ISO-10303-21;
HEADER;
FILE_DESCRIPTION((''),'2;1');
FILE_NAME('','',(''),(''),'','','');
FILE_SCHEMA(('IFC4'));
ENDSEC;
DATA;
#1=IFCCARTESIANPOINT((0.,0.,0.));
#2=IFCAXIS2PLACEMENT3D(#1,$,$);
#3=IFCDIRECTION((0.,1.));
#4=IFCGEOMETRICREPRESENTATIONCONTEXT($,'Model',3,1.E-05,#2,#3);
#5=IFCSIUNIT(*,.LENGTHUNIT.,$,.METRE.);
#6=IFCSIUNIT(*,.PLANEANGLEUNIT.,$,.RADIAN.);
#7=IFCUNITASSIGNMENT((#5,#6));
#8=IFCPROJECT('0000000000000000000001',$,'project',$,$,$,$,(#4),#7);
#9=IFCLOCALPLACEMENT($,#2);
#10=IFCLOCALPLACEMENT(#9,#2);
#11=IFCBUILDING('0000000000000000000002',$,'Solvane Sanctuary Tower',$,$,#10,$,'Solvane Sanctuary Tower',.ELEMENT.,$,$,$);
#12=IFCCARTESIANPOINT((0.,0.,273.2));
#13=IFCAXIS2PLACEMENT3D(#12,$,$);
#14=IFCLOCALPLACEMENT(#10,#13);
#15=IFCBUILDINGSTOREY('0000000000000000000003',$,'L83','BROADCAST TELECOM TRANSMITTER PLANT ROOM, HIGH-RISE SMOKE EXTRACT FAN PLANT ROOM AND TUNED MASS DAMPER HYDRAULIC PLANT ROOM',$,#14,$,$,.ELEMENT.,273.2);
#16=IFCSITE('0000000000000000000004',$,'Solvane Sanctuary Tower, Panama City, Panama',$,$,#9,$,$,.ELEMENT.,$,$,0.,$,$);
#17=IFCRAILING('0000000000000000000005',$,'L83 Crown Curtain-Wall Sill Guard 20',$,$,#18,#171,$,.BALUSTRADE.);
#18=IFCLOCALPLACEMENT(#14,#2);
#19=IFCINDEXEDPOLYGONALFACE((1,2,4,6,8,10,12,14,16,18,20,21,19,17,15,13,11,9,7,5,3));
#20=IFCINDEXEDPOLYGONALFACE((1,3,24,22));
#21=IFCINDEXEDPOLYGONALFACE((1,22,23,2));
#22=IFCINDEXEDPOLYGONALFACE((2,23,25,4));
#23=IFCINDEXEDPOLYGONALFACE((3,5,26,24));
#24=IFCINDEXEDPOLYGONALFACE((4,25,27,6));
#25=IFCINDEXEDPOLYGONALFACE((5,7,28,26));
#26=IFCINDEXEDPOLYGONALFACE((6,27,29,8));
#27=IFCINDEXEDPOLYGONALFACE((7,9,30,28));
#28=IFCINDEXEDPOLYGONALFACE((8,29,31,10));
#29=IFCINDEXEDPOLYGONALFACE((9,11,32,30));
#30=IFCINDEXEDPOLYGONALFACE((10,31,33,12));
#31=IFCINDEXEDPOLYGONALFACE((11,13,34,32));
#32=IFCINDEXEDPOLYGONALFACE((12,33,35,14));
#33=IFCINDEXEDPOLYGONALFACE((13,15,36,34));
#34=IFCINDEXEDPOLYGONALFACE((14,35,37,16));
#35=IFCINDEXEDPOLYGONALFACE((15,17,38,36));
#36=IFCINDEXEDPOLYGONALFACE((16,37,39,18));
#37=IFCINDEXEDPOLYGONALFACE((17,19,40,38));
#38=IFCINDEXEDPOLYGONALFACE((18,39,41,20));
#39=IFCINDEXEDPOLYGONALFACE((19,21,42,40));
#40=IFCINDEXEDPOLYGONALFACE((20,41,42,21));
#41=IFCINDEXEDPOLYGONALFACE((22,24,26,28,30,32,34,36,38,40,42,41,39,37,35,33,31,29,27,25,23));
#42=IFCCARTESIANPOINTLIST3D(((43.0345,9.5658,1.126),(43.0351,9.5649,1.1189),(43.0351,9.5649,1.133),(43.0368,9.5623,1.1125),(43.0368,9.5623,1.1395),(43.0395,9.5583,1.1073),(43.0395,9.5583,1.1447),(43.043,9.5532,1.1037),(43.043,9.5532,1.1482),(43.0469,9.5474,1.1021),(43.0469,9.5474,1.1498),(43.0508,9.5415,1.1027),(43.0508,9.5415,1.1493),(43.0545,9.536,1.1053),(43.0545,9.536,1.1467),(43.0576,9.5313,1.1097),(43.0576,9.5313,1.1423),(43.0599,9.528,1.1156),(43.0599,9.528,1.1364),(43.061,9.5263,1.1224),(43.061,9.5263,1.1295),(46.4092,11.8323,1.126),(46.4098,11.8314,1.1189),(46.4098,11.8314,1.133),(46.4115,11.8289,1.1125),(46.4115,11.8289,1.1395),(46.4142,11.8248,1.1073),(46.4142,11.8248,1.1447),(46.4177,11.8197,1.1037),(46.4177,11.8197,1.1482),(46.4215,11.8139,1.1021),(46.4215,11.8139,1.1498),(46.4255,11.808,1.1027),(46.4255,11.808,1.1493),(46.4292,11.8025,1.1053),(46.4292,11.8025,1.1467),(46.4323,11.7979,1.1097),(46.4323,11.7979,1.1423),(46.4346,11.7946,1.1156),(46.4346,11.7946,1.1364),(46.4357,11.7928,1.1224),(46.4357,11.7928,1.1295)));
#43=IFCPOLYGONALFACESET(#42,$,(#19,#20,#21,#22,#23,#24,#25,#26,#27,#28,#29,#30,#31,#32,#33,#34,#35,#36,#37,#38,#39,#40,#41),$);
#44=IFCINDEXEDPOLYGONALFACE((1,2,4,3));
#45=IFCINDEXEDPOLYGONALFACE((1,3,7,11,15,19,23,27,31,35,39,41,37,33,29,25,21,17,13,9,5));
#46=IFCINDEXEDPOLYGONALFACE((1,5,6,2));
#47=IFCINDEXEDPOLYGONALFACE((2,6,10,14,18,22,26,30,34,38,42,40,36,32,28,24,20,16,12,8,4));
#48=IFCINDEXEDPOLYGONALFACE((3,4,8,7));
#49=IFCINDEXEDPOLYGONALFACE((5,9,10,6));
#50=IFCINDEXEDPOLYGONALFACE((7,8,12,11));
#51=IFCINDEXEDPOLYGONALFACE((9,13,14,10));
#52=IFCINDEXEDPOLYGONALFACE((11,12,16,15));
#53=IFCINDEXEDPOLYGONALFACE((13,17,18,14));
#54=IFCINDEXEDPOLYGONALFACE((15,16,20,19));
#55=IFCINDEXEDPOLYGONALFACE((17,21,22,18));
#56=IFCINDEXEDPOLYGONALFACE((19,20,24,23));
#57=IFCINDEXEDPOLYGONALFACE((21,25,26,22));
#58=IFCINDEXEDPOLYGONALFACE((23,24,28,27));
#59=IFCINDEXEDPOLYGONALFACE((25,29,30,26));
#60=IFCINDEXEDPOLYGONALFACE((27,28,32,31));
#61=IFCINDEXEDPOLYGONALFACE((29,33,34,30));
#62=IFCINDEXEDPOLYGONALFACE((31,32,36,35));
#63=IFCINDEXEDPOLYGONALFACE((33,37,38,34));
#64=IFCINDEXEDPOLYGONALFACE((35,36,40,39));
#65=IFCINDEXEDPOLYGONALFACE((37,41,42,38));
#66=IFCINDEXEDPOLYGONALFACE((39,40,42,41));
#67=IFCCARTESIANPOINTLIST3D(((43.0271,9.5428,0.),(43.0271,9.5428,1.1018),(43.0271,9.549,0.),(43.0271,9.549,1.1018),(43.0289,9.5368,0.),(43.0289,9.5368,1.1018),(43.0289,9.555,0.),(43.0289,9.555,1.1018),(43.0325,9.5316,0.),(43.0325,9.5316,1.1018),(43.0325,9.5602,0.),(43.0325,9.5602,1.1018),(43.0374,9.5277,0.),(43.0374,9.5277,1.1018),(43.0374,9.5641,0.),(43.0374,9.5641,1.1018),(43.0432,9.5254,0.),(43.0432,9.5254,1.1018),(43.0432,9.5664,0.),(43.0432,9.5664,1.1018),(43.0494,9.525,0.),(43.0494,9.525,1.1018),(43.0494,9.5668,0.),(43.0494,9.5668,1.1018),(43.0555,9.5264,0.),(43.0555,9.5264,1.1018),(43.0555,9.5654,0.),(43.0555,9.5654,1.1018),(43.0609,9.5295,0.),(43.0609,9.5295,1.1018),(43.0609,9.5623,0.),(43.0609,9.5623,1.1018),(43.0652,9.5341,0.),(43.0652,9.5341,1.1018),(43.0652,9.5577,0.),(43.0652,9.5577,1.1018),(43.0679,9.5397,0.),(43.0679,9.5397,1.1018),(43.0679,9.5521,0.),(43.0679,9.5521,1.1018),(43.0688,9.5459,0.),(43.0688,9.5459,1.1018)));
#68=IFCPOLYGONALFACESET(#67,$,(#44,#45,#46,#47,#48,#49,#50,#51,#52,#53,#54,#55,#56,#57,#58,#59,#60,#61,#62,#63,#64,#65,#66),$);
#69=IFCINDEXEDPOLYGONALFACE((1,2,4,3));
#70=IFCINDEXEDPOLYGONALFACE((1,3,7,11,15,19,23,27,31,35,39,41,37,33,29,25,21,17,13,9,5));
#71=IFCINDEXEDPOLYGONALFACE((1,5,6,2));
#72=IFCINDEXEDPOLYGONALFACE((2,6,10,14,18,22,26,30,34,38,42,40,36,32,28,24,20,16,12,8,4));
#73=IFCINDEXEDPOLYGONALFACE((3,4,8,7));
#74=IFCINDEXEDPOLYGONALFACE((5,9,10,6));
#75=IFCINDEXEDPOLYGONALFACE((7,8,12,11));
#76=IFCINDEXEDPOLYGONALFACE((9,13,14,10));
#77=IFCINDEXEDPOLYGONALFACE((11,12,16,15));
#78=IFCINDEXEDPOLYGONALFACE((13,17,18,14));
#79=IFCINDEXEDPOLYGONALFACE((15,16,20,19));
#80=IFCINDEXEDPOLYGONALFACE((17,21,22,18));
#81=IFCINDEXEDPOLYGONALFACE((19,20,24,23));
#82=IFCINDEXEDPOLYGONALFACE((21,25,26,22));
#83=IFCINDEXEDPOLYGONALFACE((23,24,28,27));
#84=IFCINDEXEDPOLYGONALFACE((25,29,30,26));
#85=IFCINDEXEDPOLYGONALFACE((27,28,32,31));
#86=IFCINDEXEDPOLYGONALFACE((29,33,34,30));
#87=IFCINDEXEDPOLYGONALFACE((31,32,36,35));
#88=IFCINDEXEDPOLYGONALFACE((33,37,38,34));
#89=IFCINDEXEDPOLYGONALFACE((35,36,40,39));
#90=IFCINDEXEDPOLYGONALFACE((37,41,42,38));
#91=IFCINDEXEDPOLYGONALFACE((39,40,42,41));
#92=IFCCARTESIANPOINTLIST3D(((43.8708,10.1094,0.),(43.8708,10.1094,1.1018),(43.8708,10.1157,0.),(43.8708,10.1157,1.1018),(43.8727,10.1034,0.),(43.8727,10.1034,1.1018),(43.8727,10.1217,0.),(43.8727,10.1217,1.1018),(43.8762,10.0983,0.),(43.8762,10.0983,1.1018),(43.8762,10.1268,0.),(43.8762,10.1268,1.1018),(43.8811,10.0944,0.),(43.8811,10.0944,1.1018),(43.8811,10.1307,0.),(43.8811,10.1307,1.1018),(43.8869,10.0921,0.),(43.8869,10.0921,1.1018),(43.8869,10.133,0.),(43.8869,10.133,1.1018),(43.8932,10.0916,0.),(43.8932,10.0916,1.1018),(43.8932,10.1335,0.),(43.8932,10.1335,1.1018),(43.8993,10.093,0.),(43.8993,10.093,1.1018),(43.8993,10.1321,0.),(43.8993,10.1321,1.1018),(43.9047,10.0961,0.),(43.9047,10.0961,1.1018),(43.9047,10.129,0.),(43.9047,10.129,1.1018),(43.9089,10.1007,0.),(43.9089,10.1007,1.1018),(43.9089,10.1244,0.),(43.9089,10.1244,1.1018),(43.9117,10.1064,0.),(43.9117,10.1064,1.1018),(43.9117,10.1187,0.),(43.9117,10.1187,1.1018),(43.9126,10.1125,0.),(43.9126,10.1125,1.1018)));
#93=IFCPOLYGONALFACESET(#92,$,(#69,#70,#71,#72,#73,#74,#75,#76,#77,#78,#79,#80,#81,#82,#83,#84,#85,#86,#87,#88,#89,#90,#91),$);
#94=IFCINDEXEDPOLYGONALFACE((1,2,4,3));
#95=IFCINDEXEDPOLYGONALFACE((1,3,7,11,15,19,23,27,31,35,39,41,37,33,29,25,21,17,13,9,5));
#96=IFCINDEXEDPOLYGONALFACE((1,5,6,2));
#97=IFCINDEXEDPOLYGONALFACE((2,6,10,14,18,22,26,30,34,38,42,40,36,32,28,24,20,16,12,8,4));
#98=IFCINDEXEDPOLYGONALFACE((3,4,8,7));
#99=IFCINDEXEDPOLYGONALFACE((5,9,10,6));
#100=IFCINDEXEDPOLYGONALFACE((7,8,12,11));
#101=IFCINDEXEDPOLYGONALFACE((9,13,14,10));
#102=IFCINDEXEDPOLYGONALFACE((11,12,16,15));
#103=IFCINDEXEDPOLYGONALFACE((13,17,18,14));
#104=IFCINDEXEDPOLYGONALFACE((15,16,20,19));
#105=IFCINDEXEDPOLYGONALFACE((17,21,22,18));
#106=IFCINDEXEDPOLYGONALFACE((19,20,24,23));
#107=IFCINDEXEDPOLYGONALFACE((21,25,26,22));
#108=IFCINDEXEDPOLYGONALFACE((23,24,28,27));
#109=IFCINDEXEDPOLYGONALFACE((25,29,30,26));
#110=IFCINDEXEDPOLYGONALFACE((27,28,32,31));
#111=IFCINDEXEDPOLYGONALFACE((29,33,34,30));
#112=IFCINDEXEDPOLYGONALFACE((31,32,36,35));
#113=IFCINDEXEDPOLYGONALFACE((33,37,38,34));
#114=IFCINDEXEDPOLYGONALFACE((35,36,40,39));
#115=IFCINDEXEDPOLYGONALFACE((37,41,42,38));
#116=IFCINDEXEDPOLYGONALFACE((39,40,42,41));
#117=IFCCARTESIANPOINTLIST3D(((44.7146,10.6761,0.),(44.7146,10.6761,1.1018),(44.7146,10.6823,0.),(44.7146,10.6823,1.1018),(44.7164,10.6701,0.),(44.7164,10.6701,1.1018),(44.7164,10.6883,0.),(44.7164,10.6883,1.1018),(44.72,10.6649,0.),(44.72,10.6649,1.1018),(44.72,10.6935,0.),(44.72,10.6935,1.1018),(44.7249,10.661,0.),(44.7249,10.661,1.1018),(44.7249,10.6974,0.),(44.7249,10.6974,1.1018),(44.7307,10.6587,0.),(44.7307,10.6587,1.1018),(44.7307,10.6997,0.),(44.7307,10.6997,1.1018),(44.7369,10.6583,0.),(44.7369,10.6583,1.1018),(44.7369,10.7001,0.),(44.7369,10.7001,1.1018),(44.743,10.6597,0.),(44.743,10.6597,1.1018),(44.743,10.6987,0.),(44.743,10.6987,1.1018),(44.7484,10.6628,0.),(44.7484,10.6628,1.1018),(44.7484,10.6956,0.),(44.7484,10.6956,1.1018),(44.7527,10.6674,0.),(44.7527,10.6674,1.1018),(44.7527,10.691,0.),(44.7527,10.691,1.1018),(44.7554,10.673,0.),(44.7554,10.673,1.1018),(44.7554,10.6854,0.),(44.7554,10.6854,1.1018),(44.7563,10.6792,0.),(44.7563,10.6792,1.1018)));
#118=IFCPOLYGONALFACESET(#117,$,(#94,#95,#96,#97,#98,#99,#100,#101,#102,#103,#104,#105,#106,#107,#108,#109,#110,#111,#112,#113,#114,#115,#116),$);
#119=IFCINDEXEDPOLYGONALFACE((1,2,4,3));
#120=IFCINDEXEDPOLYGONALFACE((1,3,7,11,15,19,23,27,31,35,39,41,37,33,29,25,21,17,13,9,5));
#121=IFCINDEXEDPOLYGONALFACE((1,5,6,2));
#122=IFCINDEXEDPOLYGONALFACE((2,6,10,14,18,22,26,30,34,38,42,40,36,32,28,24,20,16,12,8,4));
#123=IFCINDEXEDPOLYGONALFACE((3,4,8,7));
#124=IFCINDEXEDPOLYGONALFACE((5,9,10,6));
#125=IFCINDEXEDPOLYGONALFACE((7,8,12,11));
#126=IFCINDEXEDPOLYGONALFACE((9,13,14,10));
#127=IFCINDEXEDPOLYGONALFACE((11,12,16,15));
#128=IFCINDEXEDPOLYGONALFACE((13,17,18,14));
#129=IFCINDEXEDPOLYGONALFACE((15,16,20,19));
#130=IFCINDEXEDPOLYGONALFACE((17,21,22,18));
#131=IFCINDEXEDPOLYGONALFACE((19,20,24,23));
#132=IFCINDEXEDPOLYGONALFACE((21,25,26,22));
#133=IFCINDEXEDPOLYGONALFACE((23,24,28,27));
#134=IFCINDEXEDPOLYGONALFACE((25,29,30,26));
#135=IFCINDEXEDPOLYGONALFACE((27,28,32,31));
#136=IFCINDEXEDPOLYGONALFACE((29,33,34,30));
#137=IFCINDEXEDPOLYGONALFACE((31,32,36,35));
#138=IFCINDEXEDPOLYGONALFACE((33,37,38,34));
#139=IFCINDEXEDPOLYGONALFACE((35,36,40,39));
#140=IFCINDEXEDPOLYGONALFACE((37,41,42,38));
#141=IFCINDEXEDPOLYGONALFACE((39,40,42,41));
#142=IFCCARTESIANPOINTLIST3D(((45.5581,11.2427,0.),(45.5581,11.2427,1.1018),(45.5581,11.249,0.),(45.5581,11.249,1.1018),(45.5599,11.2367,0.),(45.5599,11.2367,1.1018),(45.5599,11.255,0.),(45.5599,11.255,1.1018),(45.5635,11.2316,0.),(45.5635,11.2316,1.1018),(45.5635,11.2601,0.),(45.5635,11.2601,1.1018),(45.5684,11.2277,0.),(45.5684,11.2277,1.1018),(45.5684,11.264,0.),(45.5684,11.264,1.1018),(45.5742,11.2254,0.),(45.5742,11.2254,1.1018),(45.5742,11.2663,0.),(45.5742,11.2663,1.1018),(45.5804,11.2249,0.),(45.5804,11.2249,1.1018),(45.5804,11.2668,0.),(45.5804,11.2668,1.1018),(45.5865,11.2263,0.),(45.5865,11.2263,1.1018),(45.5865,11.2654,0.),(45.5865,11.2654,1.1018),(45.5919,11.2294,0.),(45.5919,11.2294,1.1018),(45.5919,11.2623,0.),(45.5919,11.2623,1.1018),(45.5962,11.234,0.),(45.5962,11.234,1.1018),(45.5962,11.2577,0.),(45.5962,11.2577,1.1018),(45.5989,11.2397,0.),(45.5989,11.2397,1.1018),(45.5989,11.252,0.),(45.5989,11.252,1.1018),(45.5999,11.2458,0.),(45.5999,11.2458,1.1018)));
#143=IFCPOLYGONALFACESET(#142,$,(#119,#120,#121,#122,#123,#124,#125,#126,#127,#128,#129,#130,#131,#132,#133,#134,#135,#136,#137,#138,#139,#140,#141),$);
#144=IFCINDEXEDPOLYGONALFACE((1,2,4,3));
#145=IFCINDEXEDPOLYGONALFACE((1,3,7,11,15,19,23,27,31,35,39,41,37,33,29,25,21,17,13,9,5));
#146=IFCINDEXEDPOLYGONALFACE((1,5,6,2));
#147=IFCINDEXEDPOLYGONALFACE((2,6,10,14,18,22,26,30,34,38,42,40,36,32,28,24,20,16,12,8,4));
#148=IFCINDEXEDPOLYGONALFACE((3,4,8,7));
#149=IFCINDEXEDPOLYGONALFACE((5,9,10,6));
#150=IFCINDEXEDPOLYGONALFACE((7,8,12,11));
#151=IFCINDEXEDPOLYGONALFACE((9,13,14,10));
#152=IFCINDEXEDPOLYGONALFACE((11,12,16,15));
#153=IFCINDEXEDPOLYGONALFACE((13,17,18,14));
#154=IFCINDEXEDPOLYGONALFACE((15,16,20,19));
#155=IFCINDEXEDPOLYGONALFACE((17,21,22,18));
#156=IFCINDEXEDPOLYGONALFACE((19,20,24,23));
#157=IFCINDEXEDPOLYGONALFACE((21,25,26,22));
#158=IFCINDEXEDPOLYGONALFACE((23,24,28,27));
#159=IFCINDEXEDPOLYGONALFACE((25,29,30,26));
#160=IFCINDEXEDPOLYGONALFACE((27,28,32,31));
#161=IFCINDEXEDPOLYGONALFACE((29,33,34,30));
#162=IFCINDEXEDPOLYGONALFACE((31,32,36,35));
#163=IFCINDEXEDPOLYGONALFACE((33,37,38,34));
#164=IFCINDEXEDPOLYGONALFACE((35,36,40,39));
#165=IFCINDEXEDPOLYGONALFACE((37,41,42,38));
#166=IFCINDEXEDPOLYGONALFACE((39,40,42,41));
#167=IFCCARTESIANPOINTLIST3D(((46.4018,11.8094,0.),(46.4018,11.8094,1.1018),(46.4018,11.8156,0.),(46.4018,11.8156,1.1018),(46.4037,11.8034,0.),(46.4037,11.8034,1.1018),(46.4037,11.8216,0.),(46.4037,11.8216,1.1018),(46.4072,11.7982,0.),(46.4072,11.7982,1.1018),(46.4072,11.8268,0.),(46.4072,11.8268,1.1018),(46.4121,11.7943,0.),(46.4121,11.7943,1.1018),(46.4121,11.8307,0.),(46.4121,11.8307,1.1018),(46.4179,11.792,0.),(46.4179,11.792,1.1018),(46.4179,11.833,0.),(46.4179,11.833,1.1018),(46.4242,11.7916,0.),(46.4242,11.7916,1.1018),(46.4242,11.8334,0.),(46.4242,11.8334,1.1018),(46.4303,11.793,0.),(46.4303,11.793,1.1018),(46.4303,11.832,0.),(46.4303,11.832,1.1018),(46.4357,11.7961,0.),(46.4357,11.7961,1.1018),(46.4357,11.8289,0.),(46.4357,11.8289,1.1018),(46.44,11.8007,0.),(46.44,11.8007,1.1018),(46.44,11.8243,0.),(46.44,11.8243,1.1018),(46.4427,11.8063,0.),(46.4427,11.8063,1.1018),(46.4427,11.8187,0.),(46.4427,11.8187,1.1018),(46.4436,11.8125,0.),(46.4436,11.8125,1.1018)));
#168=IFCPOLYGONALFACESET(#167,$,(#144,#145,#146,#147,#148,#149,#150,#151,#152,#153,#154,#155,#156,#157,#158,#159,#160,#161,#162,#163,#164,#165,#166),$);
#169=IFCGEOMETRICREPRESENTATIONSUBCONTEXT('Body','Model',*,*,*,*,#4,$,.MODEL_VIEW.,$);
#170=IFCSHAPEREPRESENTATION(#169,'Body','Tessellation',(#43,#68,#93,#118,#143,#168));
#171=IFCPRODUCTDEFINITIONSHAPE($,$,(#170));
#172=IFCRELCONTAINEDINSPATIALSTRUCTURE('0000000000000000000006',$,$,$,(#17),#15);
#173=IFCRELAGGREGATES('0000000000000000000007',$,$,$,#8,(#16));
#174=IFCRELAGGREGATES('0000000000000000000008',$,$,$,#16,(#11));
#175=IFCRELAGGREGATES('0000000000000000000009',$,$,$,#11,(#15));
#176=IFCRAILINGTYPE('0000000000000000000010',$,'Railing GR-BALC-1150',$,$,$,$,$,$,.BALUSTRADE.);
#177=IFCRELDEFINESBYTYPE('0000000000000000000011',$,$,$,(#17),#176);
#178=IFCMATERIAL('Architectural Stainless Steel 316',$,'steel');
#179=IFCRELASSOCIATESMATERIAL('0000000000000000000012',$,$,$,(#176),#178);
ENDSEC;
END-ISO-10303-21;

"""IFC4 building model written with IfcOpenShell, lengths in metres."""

from ifc_helpers import new_model, si_unit, direction, frame, origin, origin_2d, place, context, subcontext, project, spatial, circle, extrude, material, type_object, element, save


model = new_model("IFC4")

# Units and contexts
model_context = context("Model", 3, precision=1e-05, world=origin(), true_north=direction((0.0, 1.0)))
body_context = subcontext(model_context, "Body", "Model", "MODEL_VIEW")
ifc_project = project(units=[si_unit("LENGTHUNIT", "METRE"), si_unit("PLANEANGLEUNIT", "RADIAN")], contexts=[model_context])

# Site, building, storey
site_placement = place(None, origin())
site = spatial("IfcSite", under=ifc_project, at=site_placement, Name="Solvane Sanctuary Tower, Panama City, Panama", CompositionType="ELEMENT", RefElevation=0.0)
building_placement = place(site_placement, origin())
building = spatial("IfcBuilding", under=site, at=building_placement, Name="Solvane Sanctuary Tower", LongName="Solvane Sanctuary Tower", CompositionType="ELEMENT")
storey_placement = place(building_placement, frame((0.0, 0.0, 273.2)))
storey = spatial("IfcBuildingStorey", under=building, at=storey_placement, Name="L83", Description="BROADCAST TELECOM TRANSMITTER PLANT ROOM, HIGH-RISE SMOKE EXTRACT FAN PLANT ROOM AND TUNED MASS DAMPER HYDRAULIC PLANT ROOM", CompositionType="ELEMENT", Elevation=273.2)

# Railing
ifc_material_1 = material(Name="Architectural Stainless Steel 316", Category="steel")
railing_type = type_object("IfcRailingType", Name="Railing GR-BALC-1150", PredefinedType="BALUSTRADE", material=ifc_material_1)
railing_1_placement = place(storey_placement, frame((43.0479, 9.5459, 0.0)))
element("IfcRailing", 1, at=railing_1_placement, inside=storey, type_object=railing_type, Name="L83 Crown Curtain-Wall Sill Guard 20", PredefinedType="BALUSTRADE", context=body_context, shape_type="SweptSolid", body=[
    extrude(circle(Radius=0.0239, at=origin_2d()), frame((0.0, 0.0, 1.126), z_axis=(0.830142, 0.557552, 0.0), x_axis=(-0.557552, 0.830142, 0.0)), (0.0, 0.0, 1.0), 4.0652),
    extrude(circle(Radius=0.021, at=origin_2d()), origin(), (0.0, 0.0, 1.0), 1.1018),
    extrude(circle(Radius=0.021, at=origin_2d()), frame((0.8438, 0.5667, 0.0)), (0.0, 0.0, 1.0), 1.1018),
    extrude(circle(Radius=0.021, at=origin_2d()), frame((1.6875, 1.1333, 0.0)), (0.0, 0.0, 1.0), 1.1018),
    extrude(circle(Radius=0.021, at=origin_2d()), frame((2.531, 1.7, 0.0)), (0.0, 0.0, 1.0), 1.1018),
    extrude(circle(Radius=0.021, at=origin_2d()), frame((3.3748, 2.2666, 0.0)), (0.0, 0.0, 1.0), 1.1018),
])

save(model, "model.ifc")
